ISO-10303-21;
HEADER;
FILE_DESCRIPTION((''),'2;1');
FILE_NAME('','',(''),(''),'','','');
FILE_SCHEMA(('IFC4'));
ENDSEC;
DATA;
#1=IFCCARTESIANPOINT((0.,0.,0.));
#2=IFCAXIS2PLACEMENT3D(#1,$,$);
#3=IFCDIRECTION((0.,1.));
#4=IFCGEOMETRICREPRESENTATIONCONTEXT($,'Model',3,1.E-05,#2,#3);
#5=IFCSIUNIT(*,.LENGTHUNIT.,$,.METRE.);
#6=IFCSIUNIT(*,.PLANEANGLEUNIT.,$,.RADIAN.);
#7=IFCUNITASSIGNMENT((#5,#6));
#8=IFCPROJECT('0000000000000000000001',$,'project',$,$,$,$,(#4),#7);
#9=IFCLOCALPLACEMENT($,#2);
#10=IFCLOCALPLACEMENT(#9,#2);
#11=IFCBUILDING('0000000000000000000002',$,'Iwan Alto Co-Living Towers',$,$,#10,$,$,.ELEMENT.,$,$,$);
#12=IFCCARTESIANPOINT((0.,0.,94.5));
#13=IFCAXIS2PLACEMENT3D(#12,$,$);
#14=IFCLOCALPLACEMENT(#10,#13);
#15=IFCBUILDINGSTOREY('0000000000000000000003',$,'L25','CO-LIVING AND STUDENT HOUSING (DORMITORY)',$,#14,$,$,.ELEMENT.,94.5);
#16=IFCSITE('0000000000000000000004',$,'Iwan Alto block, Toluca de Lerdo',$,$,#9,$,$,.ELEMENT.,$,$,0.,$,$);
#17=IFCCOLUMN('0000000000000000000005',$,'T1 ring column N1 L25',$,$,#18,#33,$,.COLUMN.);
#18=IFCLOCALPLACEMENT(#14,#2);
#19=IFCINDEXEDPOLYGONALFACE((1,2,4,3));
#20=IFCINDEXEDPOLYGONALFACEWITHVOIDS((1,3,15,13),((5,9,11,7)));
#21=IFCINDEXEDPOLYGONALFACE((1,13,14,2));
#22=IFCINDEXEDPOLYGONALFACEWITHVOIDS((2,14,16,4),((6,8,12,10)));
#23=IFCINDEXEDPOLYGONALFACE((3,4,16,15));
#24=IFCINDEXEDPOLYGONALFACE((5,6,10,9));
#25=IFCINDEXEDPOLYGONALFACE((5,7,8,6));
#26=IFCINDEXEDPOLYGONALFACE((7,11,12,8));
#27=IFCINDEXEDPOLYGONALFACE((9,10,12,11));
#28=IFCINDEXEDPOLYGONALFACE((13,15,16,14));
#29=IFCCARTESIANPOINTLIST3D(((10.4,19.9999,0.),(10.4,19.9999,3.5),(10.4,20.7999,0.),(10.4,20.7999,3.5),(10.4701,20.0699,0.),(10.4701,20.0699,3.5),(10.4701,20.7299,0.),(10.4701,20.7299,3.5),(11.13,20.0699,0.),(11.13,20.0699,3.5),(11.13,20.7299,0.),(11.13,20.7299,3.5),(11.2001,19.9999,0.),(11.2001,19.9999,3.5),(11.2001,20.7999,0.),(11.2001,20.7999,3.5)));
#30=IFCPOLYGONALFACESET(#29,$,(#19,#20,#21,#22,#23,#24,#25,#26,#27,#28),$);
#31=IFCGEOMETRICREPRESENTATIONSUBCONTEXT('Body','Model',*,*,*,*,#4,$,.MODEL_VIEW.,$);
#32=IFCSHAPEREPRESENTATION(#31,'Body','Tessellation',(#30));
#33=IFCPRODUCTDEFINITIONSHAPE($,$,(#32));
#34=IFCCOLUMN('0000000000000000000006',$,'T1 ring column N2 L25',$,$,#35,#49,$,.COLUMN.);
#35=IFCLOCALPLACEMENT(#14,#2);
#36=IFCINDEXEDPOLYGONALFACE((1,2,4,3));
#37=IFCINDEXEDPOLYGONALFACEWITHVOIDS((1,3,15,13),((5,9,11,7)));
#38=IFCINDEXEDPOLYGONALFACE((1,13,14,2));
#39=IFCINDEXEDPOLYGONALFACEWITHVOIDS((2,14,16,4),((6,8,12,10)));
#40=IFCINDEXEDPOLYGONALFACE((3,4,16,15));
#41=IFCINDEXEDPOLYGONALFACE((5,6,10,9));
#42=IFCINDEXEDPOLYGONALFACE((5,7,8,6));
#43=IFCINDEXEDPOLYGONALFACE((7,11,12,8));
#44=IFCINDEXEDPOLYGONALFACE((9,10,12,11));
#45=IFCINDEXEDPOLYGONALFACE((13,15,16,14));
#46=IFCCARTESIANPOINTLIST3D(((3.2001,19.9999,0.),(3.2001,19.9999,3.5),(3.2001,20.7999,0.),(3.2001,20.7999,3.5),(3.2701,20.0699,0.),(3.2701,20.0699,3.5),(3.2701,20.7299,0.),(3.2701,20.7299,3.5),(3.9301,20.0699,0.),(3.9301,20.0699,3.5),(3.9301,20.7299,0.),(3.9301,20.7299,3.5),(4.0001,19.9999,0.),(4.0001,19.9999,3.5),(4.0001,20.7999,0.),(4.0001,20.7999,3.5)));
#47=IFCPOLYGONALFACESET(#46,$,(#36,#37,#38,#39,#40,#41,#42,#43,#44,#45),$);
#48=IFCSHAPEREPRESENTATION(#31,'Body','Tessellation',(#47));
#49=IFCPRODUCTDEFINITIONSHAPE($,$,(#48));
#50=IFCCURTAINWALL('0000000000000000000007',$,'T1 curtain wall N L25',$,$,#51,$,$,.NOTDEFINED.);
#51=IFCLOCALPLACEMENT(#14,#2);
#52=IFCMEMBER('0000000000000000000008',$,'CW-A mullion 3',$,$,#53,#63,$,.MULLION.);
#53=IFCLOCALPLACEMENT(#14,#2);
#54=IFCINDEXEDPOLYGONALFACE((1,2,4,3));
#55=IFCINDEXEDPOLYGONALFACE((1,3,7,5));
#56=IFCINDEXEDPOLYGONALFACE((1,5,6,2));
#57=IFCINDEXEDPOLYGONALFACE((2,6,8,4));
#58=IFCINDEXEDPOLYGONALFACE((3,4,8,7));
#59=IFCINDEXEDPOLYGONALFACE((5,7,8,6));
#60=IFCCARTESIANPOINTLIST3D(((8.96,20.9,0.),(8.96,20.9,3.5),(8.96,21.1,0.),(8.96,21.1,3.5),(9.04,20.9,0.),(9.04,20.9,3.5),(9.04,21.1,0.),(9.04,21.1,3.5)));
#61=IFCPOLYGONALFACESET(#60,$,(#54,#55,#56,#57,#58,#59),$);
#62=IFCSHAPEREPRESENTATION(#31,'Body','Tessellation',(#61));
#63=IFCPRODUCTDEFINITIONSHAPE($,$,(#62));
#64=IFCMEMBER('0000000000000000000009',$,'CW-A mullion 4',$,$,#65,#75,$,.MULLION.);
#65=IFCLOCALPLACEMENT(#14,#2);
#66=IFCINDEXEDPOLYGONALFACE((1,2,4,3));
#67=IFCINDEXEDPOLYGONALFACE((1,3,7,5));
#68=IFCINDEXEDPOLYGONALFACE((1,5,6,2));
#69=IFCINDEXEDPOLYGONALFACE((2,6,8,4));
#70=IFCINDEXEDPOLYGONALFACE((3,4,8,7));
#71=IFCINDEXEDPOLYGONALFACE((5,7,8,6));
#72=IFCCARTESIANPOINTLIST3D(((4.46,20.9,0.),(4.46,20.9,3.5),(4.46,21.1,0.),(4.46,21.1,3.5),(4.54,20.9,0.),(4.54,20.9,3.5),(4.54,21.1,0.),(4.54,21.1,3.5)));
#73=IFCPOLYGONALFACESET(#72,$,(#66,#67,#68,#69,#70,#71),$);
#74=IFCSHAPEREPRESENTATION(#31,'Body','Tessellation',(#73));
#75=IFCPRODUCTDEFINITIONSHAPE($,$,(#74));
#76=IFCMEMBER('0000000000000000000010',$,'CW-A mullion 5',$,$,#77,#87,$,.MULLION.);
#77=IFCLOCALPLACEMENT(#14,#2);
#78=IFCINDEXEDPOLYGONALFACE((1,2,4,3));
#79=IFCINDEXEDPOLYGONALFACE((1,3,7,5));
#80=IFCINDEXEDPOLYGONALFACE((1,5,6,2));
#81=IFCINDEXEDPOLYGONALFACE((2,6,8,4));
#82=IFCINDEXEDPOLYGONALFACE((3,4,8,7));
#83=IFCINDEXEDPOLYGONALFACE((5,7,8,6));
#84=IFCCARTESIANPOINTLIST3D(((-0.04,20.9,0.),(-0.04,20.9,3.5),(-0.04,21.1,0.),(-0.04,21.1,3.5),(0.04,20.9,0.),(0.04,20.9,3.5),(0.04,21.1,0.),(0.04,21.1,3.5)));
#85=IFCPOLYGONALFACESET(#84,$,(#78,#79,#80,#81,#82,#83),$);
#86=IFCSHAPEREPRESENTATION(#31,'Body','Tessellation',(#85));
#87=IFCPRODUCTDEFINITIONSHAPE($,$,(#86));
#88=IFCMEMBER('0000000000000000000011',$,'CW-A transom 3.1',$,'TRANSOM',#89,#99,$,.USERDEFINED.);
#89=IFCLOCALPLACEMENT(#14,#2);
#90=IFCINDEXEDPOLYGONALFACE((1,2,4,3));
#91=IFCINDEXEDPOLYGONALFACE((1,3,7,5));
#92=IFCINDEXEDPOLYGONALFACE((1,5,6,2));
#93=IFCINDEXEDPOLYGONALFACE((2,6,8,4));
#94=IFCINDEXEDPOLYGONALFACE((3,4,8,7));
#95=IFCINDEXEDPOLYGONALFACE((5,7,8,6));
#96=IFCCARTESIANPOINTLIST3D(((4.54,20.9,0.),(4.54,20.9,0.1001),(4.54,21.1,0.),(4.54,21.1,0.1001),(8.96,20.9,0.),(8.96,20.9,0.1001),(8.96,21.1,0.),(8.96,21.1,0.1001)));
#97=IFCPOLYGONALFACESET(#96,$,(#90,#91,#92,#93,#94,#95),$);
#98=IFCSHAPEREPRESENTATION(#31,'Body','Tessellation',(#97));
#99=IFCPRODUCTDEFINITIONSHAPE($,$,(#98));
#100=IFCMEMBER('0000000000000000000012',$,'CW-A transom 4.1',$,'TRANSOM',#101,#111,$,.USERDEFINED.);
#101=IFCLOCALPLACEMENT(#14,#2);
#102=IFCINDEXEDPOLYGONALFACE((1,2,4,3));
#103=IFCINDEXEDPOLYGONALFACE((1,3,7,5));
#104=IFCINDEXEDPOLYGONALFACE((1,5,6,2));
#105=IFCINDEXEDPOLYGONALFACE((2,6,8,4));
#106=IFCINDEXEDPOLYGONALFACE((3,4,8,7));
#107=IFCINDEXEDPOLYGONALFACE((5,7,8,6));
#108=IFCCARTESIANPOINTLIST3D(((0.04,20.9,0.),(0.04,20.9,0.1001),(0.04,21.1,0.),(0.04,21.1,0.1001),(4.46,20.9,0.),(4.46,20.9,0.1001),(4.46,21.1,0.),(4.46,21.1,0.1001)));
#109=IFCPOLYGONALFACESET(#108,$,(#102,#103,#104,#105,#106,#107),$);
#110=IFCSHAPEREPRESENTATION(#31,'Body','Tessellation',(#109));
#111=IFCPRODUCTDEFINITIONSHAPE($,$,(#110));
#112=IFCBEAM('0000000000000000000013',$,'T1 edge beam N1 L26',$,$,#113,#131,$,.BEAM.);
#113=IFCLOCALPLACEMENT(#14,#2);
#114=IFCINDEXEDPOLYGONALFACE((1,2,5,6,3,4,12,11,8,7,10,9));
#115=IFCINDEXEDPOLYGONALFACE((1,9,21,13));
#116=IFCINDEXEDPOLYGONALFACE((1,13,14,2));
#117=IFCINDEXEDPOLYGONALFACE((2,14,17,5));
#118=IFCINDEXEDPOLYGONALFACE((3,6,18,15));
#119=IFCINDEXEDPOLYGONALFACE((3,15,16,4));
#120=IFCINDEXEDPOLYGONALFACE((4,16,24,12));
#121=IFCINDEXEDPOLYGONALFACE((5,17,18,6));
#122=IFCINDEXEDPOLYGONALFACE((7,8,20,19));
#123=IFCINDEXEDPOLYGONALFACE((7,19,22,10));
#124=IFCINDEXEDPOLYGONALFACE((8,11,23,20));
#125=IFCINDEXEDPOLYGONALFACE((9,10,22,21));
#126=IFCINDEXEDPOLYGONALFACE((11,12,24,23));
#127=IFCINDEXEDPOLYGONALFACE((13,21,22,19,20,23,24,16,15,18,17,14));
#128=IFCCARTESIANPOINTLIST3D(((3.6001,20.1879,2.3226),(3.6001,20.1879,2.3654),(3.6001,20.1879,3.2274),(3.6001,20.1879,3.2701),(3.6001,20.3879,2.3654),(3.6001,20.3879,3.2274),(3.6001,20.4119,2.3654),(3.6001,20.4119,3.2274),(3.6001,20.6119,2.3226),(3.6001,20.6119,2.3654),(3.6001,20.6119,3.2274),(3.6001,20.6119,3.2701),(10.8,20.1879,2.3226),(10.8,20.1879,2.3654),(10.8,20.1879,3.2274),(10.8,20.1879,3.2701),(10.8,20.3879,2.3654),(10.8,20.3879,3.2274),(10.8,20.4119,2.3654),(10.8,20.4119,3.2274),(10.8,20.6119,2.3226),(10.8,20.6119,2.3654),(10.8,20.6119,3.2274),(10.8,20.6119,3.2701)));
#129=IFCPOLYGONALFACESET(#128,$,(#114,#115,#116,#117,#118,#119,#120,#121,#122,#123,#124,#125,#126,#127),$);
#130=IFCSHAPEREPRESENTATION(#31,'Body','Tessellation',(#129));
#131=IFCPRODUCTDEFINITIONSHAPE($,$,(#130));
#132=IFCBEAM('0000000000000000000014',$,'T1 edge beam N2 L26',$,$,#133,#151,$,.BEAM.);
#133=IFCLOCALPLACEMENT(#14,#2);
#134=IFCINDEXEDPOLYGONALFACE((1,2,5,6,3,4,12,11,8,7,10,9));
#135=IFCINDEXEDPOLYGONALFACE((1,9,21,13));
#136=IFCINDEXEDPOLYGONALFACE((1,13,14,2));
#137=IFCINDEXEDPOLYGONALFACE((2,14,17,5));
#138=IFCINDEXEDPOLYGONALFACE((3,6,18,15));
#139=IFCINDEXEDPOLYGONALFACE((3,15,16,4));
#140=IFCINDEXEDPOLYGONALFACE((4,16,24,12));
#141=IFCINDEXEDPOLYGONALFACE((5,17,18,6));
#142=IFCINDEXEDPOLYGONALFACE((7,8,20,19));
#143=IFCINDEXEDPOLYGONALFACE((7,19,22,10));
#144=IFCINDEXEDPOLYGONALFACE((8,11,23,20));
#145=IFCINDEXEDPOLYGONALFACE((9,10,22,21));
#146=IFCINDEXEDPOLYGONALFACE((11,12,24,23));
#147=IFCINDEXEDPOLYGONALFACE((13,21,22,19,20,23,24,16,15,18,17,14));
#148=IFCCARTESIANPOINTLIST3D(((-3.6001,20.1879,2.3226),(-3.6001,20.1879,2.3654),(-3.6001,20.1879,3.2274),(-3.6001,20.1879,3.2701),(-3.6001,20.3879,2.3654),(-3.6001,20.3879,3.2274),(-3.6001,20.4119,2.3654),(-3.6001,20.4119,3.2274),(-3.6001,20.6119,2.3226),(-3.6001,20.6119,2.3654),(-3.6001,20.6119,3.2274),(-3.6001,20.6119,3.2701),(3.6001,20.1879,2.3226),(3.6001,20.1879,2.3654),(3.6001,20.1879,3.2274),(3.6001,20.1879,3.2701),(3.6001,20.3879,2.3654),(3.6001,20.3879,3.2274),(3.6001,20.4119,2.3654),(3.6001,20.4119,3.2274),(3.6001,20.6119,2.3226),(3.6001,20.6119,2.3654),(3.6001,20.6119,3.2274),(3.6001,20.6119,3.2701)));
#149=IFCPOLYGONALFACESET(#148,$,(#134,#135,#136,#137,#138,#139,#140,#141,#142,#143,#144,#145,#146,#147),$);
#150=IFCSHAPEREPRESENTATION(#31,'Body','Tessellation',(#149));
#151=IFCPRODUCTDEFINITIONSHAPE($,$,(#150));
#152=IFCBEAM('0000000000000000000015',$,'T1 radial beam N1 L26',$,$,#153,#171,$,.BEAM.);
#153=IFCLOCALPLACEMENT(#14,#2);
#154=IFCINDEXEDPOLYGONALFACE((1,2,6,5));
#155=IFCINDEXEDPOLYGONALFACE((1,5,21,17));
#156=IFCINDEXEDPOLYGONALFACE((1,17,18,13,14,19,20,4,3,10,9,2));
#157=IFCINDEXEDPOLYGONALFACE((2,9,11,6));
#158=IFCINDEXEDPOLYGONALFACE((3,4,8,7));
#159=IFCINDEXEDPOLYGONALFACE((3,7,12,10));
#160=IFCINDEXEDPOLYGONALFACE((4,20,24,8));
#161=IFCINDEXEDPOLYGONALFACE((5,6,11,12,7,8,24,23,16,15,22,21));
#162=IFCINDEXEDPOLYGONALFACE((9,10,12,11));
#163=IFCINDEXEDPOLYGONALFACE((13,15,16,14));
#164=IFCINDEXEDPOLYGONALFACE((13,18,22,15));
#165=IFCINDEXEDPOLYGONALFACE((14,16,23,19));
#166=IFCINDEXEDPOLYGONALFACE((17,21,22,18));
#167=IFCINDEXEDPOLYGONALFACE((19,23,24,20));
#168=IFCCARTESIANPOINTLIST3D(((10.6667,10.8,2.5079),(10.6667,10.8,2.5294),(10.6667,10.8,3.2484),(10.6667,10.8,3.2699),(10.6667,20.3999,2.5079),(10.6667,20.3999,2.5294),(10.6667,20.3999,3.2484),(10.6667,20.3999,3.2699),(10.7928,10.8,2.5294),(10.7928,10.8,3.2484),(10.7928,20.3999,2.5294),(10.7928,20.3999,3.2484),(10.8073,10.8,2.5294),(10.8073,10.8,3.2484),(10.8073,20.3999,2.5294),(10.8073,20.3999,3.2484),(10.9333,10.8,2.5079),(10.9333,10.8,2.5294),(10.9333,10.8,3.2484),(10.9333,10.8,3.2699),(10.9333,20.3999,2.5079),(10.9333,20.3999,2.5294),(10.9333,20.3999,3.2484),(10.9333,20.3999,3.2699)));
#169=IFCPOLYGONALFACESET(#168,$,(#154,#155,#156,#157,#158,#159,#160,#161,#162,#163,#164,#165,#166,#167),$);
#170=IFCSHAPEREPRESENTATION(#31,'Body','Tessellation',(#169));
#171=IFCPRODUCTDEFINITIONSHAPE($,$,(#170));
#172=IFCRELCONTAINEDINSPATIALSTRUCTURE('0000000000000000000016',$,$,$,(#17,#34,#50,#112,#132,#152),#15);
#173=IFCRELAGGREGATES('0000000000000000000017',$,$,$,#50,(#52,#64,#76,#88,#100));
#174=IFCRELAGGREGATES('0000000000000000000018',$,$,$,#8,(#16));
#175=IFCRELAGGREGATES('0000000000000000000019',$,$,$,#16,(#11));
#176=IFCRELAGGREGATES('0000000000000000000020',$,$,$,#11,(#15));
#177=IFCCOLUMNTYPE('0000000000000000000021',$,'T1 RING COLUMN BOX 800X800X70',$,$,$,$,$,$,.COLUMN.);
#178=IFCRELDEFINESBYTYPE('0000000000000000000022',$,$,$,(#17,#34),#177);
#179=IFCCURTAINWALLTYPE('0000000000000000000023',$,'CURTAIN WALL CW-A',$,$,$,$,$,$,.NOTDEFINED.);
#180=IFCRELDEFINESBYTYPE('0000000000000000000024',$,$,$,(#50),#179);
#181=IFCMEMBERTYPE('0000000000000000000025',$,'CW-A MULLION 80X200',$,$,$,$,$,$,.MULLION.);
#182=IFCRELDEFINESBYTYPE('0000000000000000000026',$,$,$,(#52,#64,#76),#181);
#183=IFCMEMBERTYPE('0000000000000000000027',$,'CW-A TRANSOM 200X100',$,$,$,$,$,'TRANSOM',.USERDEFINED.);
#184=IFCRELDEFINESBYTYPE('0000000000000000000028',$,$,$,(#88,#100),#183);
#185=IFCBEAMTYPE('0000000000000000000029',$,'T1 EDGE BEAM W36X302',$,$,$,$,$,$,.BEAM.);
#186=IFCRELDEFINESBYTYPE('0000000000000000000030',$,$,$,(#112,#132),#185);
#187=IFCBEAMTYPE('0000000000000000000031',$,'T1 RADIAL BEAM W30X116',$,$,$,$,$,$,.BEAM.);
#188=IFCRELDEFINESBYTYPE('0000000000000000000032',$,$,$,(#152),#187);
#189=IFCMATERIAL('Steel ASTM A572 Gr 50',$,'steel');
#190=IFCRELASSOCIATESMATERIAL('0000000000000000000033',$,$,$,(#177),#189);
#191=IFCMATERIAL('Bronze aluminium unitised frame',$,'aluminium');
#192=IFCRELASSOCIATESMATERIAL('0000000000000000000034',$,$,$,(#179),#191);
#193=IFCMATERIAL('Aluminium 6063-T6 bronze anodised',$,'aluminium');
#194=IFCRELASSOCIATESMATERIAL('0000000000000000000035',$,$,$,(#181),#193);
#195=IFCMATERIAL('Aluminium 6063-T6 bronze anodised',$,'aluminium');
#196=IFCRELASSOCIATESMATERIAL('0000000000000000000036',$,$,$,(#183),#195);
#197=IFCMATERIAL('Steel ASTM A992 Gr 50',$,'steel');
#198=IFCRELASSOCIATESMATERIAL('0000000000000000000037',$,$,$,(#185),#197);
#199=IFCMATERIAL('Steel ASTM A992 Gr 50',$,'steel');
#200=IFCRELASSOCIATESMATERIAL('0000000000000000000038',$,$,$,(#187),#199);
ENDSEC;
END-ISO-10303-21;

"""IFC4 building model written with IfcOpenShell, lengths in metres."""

from ifc_helpers import new_model, si_unit, direction, frame, origin, origin_2d, place, context, subcontext, project, spatial, rectangle, hollow_rectangle, i_section, extrude, material, material_profile, profile_set, type_object, element, aggregate, save


model = new_model("IFC4")

# Units and contexts
model_context = context("Model", 3, precision=1e-05, world=origin(), true_north=direction((0.0, 1.0)))
body_context = subcontext(model_context, "Body", "Model", "MODEL_VIEW")
ifc_project = project(units=[si_unit("LENGTHUNIT", "METRE"), si_unit("PLANEANGLEUNIT", "RADIAN")], contexts=[model_context])

# Site, building, storey
site_placement = place(None, origin())
site = spatial("IfcSite", under=ifc_project, at=site_placement, Name="Iwan Alto block, Toluca de Lerdo", CompositionType="ELEMENT", RefElevation=0.0)
building_placement = place(site_placement, origin())
building = spatial("IfcBuilding", under=site, at=building_placement, Name="Iwan Alto Co-Living Towers", CompositionType="ELEMENT")
storey_placement = place(building_placement, frame((0.0, 0.0, 94.5)))
storey = spatial("IfcBuildingStorey", under=building, at=storey_placement, Name="L25", Description="CO-LIVING AND STUDENT HOUSING (DORMITORY)", CompositionType="ELEMENT", Elevation=94.5)

# Columns
ifc_material_1 = material(Name="Steel ASTM A572 Gr 50", Category="steel")
ifc_material_profile_1 = material_profile(ifc_material_1, hollow_rectangle(XDim=0.8, YDim=0.8, WallThickness=0.0701, at=origin_2d()), Name="BOX 800X800X70")
ifc_profile_set_1 = profile_set([ifc_material_profile_1], Name="Steel ASTM A572 Gr 50")
column_type = type_object("IfcColumnType", Name="T1 RING COLUMN BOX 800X800X70", PredefinedType="COLUMN", material=ifc_profile_set_1)
for number, where, z_axis, x_axis, name in (
    (1, (10.8, 20.3999, 0.0), (0.0, 0.0, 1.0), (1.0, 0.0, 0.0), "T1 ring column N1 L25"),
    (2, (3.6001, 20.3999, 0.0), (0.0, 0.0, 1.0), (1.0, 0.0, 0.0), "T1 ring column N2 L25"),
):
    element("IfcColumn", number, at=place(storey_placement, frame(where, z_axis=z_axis, x_axis=x_axis)), inside=storey, type_object=column_type, Name=name, PredefinedType="COLUMN", context=body_context, shape_type="SweptSolid", body=[
        extrude(hollow_rectangle(XDim=0.8, YDim=0.8, WallThickness=0.0701, at=origin_2d()), origin(), (0.0, 0.0, 1.0), 3.5),
    ])

# Curtain wall, members
ifc_material_2 = material(Name="Bronze aluminium unitised frame", Category="aluminium")
curtain_wall_type = type_object("IfcCurtainWallType", Name="CURTAIN WALL CW-A", PredefinedType="NOTDEFINED", material=ifc_material_2)
curtain_wall_placement = place(storey_placement, origin())
curtain_wall = element("IfcCurtainWall", 3, at=curtain_wall_placement, inside=storey, type_object=curtain_wall_type, Name="T1 curtain wall N L25", PredefinedType="NOTDEFINED")
ifc_material_3 = material(Name="Aluminium 6063-T6 bronze anodised", Category="aluminium")
ifc_material_profile_2 = material_profile(ifc_material_3, rectangle(XDim=0.2, YDim=0.0801, at=origin_2d()), Name="AL 80X200")
ifc_profile_set_2 = profile_set([ifc_material_profile_2], Name="Aluminium 6063-T6 bronze anodised")
member_type_1 = type_object("IfcMemberType", Name="CW-A MULLION 80X200", PredefinedType="MULLION", material=ifc_profile_set_2)
member_1_placement = place(storey_placement, frame((9.0, 21.0, 0.0), z_axis=(0.0, 0.0, 1.0), x_axis=(0.0, -1.0, 0.0)))
member_1 = element("IfcMember", 4, at=member_1_placement, type_object=member_type_1, Name="CW-A mullion 3", PredefinedType="MULLION", context=body_context, shape_type="SweptSolid", body=[
    extrude(rectangle(XDim=0.2, YDim=0.0801, at=origin_2d()), origin(), (0.0, 0.0, 1.0), 3.5),
])
member_2_placement = place(storey_placement, frame((4.5, 21.0, 0.0), z_axis=(0.0, 0.0, 1.0), x_axis=(0.0, -1.0, 0.0)))
member_2 = element("IfcMember", 5, at=member_2_placement, type_object=member_type_1, Name="CW-A mullion 4", PredefinedType="MULLION", context=body_context, shape_type="SweptSolid", body=[
    extrude(rectangle(XDim=0.2, YDim=0.0801, at=origin_2d()), origin(), (0.0, 0.0, 1.0), 3.5),
])
member_3_placement = place(storey_placement, frame((0.0, 21.0, 0.0), z_axis=(0.0, 0.0, 1.0), x_axis=(0.0, -1.0, 0.0)))
member_3 = element("IfcMember", 6, at=member_3_placement, type_object=member_type_1, Name="CW-A mullion 5", PredefinedType="MULLION", context=body_context, shape_type="SweptSolid", body=[
    extrude(rectangle(XDim=0.2, YDim=0.0801, at=origin_2d()), origin(), (0.0, 0.0, 1.0), 3.5),
])
ifc_material_4 = material(Name="Aluminium 6063-T6 bronze anodised", Category="aluminium")
ifc_material_profile_3 = material_profile(ifc_material_4, rectangle(XDim=0.2, YDim=0.1001, at=origin_2d()), Name="AL 200X100")
ifc_profile_set_3 = profile_set([ifc_material_profile_3], Name="Aluminium 6063-T6 bronze anodised")
member_type_2 = type_object("IfcMemberType", Name="CW-A TRANSOM 200X100", ElementType="TRANSOM", PredefinedType="USERDEFINED", material=ifc_profile_set_3)
member_4_placement = place(storey_placement, frame((8.96, 21.0, 0.05), z_axis=(-1.0, 0.0, 0.0), x_axis=(0.0, -1.0, 0.0)))
member_4 = element("IfcMember", 7, at=member_4_placement, type_object=member_type_2, Name="CW-A transom 3.1", ObjectType="TRANSOM", PredefinedType="USERDEFINED", context=body_context, shape_type="SweptSolid", body=[
    extrude(rectangle(XDim=0.2, YDim=0.1001, at=origin_2d()), origin(), (0.0, 0.0, 1.0), 4.4199),
])
member_5_placement = place(storey_placement, frame((4.46, 21.0, 0.05), z_axis=(-1.0, 0.0, 0.0), x_axis=(0.0, -1.0, 0.0)))
member_5 = element("IfcMember", 8, at=member_5_placement, type_object=member_type_2, Name="CW-A transom 4.1", ObjectType="TRANSOM", PredefinedType="USERDEFINED", context=body_context, shape_type="SweptSolid", body=[
    extrude(rectangle(XDim=0.2, YDim=0.1001, at=origin_2d()), origin(), (0.0, 0.0, 1.0), 4.4199),
])

# Beams
ifc_material_5 = material(Name="Steel ASTM A992 Gr 50", Category="steel")
ifc_material_profile_4 = material_profile(ifc_material_5, i_section(OverallWidth=0.4241, OverallDepth=0.9475, WebThickness=0.0239, FlangeThickness=0.0427, at=origin_2d()), Name="W36X302")
ifc_profile_set_4 = profile_set([ifc_material_profile_4], Name="Steel ASTM A992 Gr 50")
beam_type_1 = type_object("IfcBeamType", Name="T1 EDGE BEAM W36X302", PredefinedType="BEAM", material=ifc_profile_set_4)
beam_1_placement = place(storey_placement, frame((10.8, 20.3999, 2.7964), z_axis=(-1.0, 0.0, 0.0), x_axis=(0.0, -1.0, 0.0)))
element("IfcBeam", 9, at=beam_1_placement, inside=storey, type_object=beam_type_1, Name="T1 edge beam N1 L26", PredefinedType="BEAM", context=body_context, shape_type="SweptSolid", body=[
    extrude(i_section(OverallWidth=0.4241, OverallDepth=0.9475, WebThickness=0.0239, FlangeThickness=0.0427, at=origin_2d()), origin(), (0.0, 0.0, 1.0), 7.2),
])
beam_2_placement = place(storey_placement, frame((3.6001, 20.3999, 2.7964), z_axis=(-1.0, 0.0, 0.0), x_axis=(0.0, -1.0, 0.0)))
element("IfcBeam", 10, at=beam_2_placement, inside=storey, type_object=beam_type_1, Name="T1 edge beam N2 L26", PredefinedType="BEAM", context=body_context, shape_type="SweptSolid", body=[
    extrude(i_section(OverallWidth=0.4241, OverallDepth=0.9475, WebThickness=0.0239, FlangeThickness=0.0427, at=origin_2d()), origin(), (0.0, 0.0, 1.0), 7.2002),
])
ifc_material_6 = material(Name="Steel ASTM A992 Gr 50", Category="steel")
ifc_material_profile_5 = material_profile(ifc_material_6, i_section(OverallWidth=0.2666, OverallDepth=0.762, WebThickness=0.0144, FlangeThickness=0.0215, at=origin_2d()), Name="W30X116")
ifc_profile_set_5 = profile_set([ifc_material_profile_5], Name="Steel ASTM A992 Gr 50")
beam_type_2 = type_object("IfcBeamType", Name="T1 RADIAL BEAM W30X116", PredefinedType="BEAM", material=ifc_profile_set_5)
beam_3_placement = place(storey_placement, frame((10.8, 20.3999, 2.8889), z_axis=(0.0, -1.0, 0.0), x_axis=(1.0, 0.0, 0.0)))
element("IfcBeam", 11, at=beam_3_placement, inside=storey, type_object=beam_type_2, Name="T1 radial beam N1 L26", PredefinedType="BEAM", context=body_context, shape_type="SweptSolid", body=[
    extrude(i_section(OverallWidth=0.2666, OverallDepth=0.762, WebThickness=0.0144, FlangeThickness=0.0215, at=origin_2d()), origin(), (0.0, 0.0, 1.0), 9.5999),
])

aggregate(curtain_wall, [member_1, member_2, member_3, member_4, member_5])

save(model, "model.ifc")
